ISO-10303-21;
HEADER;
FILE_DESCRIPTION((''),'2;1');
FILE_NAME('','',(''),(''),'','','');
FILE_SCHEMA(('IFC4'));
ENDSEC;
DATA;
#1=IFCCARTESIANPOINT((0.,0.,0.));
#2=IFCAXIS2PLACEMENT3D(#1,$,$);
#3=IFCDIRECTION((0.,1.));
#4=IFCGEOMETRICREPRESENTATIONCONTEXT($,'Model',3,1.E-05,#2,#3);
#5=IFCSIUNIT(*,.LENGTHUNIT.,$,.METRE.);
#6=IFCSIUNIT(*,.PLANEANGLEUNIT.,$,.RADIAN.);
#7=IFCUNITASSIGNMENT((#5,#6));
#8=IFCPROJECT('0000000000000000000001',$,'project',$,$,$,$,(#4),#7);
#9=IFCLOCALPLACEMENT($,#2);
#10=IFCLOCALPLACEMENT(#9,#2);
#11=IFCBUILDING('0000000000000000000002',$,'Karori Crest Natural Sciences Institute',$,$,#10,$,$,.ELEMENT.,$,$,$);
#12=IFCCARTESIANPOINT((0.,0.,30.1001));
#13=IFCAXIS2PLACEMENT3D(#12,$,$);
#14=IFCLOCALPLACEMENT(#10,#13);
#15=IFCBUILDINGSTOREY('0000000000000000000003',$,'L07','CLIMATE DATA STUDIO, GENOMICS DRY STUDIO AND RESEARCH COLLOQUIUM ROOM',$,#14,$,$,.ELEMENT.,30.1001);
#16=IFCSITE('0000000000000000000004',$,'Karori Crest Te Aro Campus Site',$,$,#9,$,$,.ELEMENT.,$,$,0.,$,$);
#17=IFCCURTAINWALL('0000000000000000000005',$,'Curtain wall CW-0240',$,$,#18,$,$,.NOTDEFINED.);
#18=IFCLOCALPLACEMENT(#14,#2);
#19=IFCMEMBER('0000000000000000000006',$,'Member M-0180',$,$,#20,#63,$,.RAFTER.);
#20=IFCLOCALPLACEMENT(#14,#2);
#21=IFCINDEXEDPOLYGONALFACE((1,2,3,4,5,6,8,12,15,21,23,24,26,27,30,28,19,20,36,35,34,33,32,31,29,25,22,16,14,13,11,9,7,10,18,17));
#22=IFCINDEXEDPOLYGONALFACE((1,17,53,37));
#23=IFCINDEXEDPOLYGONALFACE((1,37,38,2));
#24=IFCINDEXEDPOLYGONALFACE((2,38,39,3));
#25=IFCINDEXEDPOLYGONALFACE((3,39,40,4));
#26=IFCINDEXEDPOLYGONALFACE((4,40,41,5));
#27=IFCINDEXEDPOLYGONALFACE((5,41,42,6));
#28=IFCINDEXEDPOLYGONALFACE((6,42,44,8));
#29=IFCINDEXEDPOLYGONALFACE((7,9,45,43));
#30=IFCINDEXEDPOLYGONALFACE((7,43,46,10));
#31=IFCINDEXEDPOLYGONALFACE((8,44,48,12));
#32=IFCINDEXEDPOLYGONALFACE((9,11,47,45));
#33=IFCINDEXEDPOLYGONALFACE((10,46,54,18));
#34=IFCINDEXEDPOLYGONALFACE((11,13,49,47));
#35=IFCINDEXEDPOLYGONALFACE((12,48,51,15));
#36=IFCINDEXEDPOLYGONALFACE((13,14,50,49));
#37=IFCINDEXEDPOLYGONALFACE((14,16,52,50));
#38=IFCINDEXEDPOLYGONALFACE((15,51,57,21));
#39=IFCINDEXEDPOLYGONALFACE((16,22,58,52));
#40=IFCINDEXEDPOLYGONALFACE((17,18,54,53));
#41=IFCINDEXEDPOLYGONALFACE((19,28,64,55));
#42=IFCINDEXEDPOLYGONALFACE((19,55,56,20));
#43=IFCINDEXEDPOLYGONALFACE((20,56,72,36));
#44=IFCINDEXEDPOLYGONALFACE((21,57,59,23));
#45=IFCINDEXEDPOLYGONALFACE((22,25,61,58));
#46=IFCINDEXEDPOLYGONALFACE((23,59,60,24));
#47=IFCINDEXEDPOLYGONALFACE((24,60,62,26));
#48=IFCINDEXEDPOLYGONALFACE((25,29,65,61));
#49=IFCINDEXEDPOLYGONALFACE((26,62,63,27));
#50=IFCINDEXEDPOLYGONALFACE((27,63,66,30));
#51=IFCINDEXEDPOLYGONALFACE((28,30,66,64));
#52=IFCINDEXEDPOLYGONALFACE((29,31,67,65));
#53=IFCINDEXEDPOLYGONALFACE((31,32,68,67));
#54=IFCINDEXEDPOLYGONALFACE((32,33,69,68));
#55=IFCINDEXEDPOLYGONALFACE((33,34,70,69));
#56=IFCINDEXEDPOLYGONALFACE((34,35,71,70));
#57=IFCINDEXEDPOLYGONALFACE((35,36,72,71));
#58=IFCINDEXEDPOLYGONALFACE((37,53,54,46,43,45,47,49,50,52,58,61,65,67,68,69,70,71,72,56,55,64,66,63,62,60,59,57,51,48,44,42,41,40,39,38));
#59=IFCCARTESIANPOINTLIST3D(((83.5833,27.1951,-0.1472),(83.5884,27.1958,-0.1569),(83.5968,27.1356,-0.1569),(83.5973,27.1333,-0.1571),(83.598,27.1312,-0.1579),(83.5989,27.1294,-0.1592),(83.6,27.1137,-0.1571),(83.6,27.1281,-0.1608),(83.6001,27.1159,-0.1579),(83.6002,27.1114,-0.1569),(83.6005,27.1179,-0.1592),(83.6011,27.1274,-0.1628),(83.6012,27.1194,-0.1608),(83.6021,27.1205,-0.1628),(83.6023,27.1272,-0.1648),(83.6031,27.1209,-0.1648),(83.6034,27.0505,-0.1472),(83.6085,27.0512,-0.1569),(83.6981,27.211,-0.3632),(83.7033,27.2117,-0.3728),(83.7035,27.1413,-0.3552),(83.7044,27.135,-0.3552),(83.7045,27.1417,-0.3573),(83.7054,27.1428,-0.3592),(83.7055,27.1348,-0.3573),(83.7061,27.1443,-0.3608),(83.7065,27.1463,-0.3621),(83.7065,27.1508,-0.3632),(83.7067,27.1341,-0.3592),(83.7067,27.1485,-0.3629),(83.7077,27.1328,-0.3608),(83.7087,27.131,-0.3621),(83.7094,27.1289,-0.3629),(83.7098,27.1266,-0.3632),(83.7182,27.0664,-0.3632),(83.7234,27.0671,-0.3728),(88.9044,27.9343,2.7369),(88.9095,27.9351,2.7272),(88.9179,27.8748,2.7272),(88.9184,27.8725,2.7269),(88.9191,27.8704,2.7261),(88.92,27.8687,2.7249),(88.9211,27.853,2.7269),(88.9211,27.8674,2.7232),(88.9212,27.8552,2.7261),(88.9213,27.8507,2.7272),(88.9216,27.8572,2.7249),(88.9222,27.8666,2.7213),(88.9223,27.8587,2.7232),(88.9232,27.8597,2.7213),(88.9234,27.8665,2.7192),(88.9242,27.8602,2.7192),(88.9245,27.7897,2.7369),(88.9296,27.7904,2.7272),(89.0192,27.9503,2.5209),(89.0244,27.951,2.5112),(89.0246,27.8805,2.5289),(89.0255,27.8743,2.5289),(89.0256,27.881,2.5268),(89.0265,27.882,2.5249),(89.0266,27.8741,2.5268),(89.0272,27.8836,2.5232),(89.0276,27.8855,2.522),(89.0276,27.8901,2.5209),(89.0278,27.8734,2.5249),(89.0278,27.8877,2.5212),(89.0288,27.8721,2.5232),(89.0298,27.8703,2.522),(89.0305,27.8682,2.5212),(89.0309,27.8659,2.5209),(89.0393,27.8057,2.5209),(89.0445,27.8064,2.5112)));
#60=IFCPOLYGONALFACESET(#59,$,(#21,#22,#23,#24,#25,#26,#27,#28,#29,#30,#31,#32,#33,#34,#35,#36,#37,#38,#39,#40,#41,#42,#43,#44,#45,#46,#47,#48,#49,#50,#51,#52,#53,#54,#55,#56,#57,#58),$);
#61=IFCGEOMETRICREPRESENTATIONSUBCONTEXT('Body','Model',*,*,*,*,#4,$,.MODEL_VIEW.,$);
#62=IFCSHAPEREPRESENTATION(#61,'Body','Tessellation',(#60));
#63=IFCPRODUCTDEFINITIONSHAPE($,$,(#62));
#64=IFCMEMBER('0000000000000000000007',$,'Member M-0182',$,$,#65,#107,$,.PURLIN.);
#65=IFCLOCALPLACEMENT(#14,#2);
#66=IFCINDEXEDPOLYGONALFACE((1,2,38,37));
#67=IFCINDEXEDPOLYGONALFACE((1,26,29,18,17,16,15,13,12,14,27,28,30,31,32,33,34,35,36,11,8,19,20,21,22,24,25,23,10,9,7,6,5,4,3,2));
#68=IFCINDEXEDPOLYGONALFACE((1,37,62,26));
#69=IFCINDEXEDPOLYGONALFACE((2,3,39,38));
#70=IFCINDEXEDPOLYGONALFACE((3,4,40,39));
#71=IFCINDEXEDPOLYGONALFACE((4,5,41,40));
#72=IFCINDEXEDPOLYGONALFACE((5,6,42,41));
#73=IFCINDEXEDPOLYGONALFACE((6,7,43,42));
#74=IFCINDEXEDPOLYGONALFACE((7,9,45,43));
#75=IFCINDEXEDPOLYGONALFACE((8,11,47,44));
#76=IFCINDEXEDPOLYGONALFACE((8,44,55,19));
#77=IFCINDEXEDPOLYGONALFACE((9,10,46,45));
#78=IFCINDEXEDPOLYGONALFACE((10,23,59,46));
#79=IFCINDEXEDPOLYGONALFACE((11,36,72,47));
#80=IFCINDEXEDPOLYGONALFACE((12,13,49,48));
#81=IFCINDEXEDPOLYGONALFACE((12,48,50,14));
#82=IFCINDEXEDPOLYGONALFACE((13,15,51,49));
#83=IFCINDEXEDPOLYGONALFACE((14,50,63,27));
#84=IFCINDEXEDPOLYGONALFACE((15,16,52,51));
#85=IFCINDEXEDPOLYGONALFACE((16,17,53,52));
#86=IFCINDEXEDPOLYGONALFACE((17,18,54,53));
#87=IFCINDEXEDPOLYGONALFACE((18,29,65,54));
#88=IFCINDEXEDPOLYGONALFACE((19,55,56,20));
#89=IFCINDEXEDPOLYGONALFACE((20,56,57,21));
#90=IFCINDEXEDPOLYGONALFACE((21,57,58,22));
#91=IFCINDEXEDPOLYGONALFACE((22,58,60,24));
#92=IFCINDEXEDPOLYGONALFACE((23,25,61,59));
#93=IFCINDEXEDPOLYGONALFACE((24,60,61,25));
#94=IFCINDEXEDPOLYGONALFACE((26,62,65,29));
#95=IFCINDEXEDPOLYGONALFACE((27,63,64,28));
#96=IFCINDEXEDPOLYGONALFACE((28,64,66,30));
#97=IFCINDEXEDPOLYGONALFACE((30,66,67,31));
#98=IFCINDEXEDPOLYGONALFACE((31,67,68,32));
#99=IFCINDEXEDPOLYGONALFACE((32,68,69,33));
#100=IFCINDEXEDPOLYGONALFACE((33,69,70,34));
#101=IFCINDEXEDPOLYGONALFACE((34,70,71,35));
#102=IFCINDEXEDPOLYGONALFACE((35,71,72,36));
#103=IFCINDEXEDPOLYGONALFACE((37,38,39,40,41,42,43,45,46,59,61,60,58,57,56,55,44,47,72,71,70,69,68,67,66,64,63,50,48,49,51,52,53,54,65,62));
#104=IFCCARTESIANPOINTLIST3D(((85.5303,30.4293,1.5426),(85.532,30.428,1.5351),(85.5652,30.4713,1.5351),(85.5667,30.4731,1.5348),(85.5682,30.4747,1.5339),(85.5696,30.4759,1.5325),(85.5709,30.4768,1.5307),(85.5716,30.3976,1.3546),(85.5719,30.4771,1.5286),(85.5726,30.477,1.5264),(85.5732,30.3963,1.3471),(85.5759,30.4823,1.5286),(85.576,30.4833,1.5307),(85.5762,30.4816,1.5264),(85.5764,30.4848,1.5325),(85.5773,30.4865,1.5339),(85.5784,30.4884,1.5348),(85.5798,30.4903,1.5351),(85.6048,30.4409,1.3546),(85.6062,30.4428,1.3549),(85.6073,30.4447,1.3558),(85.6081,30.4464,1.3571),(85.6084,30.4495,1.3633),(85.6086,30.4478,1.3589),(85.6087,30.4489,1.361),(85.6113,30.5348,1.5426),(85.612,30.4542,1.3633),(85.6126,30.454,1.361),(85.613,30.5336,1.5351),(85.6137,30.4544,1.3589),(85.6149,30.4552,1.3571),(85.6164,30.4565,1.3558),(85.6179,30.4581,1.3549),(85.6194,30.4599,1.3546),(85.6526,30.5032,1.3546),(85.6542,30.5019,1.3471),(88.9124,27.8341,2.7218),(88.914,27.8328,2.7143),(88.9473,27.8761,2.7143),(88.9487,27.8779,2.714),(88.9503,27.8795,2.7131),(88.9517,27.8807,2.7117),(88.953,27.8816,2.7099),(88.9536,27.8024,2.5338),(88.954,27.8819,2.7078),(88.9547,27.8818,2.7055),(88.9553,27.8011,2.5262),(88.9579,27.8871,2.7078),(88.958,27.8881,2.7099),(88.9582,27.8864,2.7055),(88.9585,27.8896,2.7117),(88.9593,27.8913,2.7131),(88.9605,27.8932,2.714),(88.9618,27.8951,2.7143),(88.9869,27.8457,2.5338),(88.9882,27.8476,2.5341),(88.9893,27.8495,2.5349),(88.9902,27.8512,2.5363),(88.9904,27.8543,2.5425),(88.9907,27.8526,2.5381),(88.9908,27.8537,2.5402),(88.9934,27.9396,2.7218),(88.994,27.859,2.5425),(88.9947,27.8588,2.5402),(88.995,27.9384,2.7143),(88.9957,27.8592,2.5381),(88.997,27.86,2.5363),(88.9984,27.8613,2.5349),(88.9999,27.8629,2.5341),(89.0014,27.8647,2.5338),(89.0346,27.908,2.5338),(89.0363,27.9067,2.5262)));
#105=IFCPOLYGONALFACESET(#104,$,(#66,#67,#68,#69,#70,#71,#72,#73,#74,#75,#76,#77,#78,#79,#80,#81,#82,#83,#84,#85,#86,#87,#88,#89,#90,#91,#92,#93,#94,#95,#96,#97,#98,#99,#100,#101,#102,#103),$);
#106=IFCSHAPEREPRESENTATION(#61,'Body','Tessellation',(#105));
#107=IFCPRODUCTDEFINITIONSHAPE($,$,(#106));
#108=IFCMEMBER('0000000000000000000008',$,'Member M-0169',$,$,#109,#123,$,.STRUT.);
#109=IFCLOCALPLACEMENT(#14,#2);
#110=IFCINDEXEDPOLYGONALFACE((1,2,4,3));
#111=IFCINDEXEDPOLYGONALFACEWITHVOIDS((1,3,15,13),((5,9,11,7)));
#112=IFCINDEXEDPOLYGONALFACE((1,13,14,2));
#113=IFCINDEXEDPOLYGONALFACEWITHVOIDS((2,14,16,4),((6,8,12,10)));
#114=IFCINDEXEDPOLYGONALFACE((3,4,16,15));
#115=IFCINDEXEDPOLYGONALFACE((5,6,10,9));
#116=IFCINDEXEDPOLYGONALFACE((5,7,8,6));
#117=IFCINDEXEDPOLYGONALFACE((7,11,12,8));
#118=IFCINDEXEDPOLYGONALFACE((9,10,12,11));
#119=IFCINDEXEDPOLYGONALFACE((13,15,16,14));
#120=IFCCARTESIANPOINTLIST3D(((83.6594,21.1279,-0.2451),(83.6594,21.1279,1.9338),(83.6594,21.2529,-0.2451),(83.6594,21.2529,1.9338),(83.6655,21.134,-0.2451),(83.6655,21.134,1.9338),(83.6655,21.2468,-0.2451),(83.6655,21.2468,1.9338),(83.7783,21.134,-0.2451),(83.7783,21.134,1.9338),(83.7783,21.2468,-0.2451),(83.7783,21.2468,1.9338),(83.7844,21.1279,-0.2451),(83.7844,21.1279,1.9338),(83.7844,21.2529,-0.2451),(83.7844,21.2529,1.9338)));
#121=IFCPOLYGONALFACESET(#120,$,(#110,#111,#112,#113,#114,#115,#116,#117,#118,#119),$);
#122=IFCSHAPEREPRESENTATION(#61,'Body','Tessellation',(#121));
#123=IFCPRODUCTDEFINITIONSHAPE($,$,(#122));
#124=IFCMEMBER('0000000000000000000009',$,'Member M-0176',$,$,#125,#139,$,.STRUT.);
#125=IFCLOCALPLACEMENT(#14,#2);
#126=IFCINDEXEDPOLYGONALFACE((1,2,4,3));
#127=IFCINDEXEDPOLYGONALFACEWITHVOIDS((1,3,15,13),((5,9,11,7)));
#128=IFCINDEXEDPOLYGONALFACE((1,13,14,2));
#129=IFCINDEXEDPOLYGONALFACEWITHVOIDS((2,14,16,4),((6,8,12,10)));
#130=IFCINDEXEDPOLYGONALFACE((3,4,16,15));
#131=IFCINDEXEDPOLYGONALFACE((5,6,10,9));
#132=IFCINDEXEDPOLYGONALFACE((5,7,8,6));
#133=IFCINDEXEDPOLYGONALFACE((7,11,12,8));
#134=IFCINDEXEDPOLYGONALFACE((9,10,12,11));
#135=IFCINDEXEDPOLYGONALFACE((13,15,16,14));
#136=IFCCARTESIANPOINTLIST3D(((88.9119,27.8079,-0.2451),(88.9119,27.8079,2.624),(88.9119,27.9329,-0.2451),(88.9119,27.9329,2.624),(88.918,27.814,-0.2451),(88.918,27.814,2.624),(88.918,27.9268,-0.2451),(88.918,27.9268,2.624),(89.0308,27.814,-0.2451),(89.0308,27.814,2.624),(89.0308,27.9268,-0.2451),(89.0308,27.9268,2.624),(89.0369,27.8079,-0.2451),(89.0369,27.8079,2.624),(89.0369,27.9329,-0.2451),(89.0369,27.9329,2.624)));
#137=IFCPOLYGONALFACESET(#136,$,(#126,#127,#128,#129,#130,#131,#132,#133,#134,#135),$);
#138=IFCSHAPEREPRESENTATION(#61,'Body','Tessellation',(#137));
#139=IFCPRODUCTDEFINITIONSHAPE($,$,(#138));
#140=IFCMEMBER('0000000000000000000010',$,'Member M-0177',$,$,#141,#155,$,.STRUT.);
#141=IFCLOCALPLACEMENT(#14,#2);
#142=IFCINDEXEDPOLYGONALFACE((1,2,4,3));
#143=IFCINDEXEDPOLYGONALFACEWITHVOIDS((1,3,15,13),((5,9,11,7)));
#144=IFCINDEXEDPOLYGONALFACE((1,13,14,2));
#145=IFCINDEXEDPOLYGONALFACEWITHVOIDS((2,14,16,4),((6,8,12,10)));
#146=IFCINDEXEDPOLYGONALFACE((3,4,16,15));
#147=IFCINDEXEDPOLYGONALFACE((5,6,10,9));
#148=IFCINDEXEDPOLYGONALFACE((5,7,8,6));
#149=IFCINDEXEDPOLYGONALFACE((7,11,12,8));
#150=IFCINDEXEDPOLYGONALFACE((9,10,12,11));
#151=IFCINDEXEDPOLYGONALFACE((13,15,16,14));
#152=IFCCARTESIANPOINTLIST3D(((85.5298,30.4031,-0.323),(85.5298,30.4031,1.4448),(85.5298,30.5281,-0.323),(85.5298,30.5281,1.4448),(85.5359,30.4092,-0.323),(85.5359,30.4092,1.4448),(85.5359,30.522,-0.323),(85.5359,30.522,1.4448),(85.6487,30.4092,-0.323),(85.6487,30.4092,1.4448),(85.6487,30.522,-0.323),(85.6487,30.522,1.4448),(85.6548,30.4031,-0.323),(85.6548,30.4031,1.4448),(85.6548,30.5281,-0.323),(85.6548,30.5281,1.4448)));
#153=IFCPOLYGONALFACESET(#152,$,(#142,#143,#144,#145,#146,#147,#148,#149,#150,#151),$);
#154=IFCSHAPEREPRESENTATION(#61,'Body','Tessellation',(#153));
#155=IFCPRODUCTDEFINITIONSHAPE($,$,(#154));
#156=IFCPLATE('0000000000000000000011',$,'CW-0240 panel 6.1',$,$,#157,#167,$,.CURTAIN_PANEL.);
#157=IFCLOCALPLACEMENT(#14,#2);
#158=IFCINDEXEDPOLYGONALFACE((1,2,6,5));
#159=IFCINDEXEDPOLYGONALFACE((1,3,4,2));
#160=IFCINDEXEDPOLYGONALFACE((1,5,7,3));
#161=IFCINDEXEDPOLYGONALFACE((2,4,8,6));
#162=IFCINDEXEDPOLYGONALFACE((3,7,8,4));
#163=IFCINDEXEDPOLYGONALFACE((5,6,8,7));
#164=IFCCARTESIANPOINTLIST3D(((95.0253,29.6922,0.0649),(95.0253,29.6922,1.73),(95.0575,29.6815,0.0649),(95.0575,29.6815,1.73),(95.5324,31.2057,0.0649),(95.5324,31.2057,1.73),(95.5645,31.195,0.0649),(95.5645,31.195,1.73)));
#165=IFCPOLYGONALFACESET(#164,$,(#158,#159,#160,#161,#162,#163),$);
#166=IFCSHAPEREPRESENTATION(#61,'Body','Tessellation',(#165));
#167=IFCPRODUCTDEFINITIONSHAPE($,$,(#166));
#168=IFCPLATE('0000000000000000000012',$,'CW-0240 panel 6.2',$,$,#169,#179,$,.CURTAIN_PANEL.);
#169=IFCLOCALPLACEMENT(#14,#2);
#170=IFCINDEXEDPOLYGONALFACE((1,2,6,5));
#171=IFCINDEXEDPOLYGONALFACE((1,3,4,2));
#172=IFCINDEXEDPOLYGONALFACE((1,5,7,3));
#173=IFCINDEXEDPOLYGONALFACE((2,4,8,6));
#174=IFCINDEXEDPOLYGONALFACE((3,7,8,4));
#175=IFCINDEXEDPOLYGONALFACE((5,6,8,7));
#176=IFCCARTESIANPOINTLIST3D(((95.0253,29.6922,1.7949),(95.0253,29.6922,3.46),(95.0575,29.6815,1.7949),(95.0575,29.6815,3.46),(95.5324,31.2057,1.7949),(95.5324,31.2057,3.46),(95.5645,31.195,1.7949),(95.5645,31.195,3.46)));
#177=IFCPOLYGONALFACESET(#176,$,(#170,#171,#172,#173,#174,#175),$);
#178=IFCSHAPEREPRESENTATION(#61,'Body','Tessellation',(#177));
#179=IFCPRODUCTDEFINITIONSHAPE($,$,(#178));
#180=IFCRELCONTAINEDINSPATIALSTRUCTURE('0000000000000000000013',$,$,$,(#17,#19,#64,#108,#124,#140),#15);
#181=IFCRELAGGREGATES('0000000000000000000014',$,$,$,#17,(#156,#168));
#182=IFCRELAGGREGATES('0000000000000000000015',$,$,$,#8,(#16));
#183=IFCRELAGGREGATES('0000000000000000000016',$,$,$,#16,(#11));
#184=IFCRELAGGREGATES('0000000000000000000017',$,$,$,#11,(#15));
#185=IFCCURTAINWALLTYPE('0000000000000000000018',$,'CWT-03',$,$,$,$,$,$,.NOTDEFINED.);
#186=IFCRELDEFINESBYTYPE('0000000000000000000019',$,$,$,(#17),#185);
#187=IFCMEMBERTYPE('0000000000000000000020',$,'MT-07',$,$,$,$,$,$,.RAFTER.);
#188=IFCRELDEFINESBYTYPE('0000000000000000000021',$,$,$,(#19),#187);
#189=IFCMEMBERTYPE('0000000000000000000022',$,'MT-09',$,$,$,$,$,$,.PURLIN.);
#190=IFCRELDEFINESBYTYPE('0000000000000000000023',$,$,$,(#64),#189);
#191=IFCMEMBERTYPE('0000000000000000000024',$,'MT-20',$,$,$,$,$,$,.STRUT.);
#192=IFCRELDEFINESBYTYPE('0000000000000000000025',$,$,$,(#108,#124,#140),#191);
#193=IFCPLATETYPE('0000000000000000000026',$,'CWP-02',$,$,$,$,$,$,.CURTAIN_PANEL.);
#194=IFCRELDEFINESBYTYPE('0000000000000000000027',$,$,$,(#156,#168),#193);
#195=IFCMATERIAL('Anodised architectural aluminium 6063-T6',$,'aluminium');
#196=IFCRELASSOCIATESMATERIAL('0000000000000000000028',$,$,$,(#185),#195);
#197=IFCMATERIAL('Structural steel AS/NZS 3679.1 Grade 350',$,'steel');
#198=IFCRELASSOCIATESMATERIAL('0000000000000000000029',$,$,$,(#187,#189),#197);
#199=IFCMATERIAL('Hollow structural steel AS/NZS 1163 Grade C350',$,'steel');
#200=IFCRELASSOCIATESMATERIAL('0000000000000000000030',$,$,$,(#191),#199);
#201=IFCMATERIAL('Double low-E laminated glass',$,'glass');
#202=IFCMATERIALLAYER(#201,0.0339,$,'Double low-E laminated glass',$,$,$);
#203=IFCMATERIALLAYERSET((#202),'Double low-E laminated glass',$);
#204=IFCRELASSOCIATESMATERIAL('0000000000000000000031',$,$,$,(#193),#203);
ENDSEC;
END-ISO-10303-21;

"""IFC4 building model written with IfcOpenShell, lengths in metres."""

from ifc_helpers import new_model, si_unit, direction, frame, origin, origin_2d, place, context, subcontext, project, spatial, rectangle, hollow_rectangle, i_section, extrude, material, layer, layer_set, material_profile, profile_set, type_object, element, aggregate, save


model = new_model("IFC4")

# Units and contexts
model_context = context("Model", 3, precision=1e-05, world=origin(), true_north=direction((0.0, 1.0)))
body_context = subcontext(model_context, "Body", "Model", "MODEL_VIEW")
ifc_project = project(units=[si_unit("LENGTHUNIT", "METRE"), si_unit("PLANEANGLEUNIT", "RADIAN")], contexts=[model_context])

# Site, building, storey
site_placement = place(None, origin())
site = spatial("IfcSite", under=ifc_project, at=site_placement, Name="Karori Crest Te Aro Campus Site", CompositionType="ELEMENT", RefElevation=0.0)
building_placement = place(site_placement, origin())
building = spatial("IfcBuilding", under=site, at=building_placement, Name="Karori Crest Natural Sciences Institute", CompositionType="ELEMENT")
storey_placement = place(building_placement, frame((0.0, 0.0, 30.1001)))
storey = spatial("IfcBuildingStorey", under=building, at=storey_placement, Name="L07", Description="CLIMATE DATA STUDIO, GENOMICS DRY STUDIO AND RESEARCH COLLOQUIUM ROOM", CompositionType="ELEMENT", Elevation=30.1001)

# Shared definitions
ifc_material_1 = material(Name="Structural steel AS/NZS 3679.1 Grade 350", Category="steel")

# Shared definitions
ifc_material_2 = material(Name="Hollow structural steel AS/NZS 1163 Grade C350", Category="steel")

# Curtain wall
ifc_material_3 = material(Name="Anodised architectural aluminium 6063-T6", Category="aluminium")
curtain_wall_type = type_object("IfcCurtainWallType", Name="CWT-03", PredefinedType="NOTDEFINED", material=ifc_material_3)
curtain_wall_placement = place(storey_placement, origin())
curtain_wall = element("IfcCurtainWall", 1, at=curtain_wall_placement, inside=storey, type_object=curtain_wall_type, Name="Curtain wall CW-0240", PredefinedType="NOTDEFINED")

# Members
ifc_material_profile_1 = material_profile(ifc_material_1, i_section(OverallWidth=0.146, OverallDepth=0.2561, WebThickness=0.0063, FlangeThickness=0.011, FilletRadius=0.009, at=origin_2d()), Name="250UB37.3")
ifc_profile_set_1 = profile_set([ifc_material_profile_1], Name="Structural steel AS/NZS 3679.1 Grade 350")
member_type_1 = type_object("IfcMemberType", Name="MT-07", PredefinedType="RAFTER", material=ifc_profile_set_1)
member_1_placement = place(storey_placement, frame((83.6533, 27.1311, -0.26), z_axis=(0.872682, 0.121242, 0.472998), x_axis=(-0.137609, 0.990487, 0.0)))
element("IfcMember", 2, at=member_1_placement, inside=storey, type_object=member_type_1, Name="Member M-0180", PredefinedType="RAFTER", context=body_context, shape_type="SweptSolid", body=[
    extrude(i_section(OverallWidth=0.146, OverallDepth=0.2561, WebThickness=0.0063, FlangeThickness=0.011, FilletRadius=0.009, at=origin_2d()), origin(), (0.0, 0.0, 1.0), 6.0974),
])
ifc_material_profile_2 = material_profile(ifc_material_1, i_section(OverallWidth=0.1331, OverallDepth=0.2029, WebThickness=0.0059, FlangeThickness=0.0078, FilletRadius=0.009, at=origin_2d()), Name="200UB25.4")
ifc_profile_set_2 = profile_set([ifc_material_profile_2], Name="Structural steel AS/NZS 3679.1 Grade 350")
member_type_2 = type_object("IfcMemberType", Name="MT-09", PredefinedType="PURLIN", material=ifc_profile_set_2)
member_2_placement = place(storey_placement, frame((85.5923, 30.4656, 1.4448), z_axis=(0.764634, -0.586737, 0.266598), x_axis=(0.608769, 0.793347, 0.0)))
element("IfcMember", 3, at=member_2_placement, inside=storey, type_object=member_type_2, Name="Member M-0182", PredefinedType="PURLIN", context=body_context, shape_type="SweptSolid", body=[
    extrude(i_section(OverallWidth=0.1331, OverallDepth=0.2029, WebThickness=0.0059, FlangeThickness=0.0078, FilletRadius=0.009, at=origin_2d()), origin(), (0.0, 0.0, 1.0), 4.4231),
])
ifc_material_profile_3 = material_profile(ifc_material_2, hollow_rectangle(XDim=0.125, YDim=0.125, WallThickness=0.0061, at=origin_2d()), Name="SHS125x125x6")
ifc_profile_set_3 = profile_set([ifc_material_profile_3], Name="Hollow structural steel AS/NZS 1163 Grade C350")
member_type_3 = type_object("IfcMemberType", Name="MT-20", PredefinedType="STRUT", material=ifc_profile_set_3)
member_3_placement = place(storey_placement, frame((83.7219, 21.1904, -0.2451), z_axis=(0.0, 0.0, 1.0), x_axis=(1.0, 0.0, 0.0)))
element("IfcMember", 4, at=member_3_placement, inside=storey, type_object=member_type_3, Name="Member M-0169", PredefinedType="STRUT", context=body_context, shape_type="SweptSolid", body=[
    extrude(hollow_rectangle(XDim=0.125, YDim=0.125, WallThickness=0.0061, at=origin_2d()), origin(), (0.0, 0.0, 1.0), 2.179),
])
member_4_placement = place(storey_placement, frame((88.9744, 27.8704, -0.2451), z_axis=(0.0, 0.0, 1.0), x_axis=(1.0, 0.0, 0.0)))
element("IfcMember", 5, at=member_4_placement, inside=storey, type_object=member_type_3, Name="Member M-0176", PredefinedType="STRUT", context=body_context, shape_type="SweptSolid", body=[
    extrude(hollow_rectangle(XDim=0.125, YDim=0.125, WallThickness=0.0061, at=origin_2d()), origin(), (0.0, 0.0, 1.0), 2.8691),
])
member_5_placement = place(storey_placement, frame((85.5923, 30.4656, -0.323), z_axis=(0.0, 0.0, 1.0), x_axis=(1.0, 0.0, 0.0)))
element("IfcMember", 6, at=member_5_placement, inside=storey, type_object=member_type_3, Name="Member M-0177", PredefinedType="STRUT", context=body_context, shape_type="SweptSolid", body=[
    extrude(hollow_rectangle(XDim=0.125, YDim=0.125, WallThickness=0.0061, at=origin_2d()), origin(), (0.0, 0.0, 1.0), 1.7678),
])

# Plates
ifc_material_4 = material(Name="Double low-E laminated glass", Category="glass")
ifc_layer_1 = layer(ifc_material_4, 0.0339, Name="Double low-E laminated glass")
ifc_layer_set_1 = layer_set([ifc_layer_1], Name="Double low-E laminated glass")
plate_type_1 = type_object("IfcPlateType", Name="CWP-02", PredefinedType="CURTAIN_PANEL", material=ifc_layer_set_1)
plate_1_placement = place(storey_placement, frame((95.2949, 30.4436, 0.0649), z_axis=(0.0, 0.0, 1.0), x_axis=(-0.31768, -0.948198, 0.0)))
plate_1 = element("IfcPlate", 7, at=plate_1_placement, type_object=plate_type_1, Name="CW-0240 panel 6.1", PredefinedType="CURTAIN_PANEL", context=body_context, shape_type="SweptSolid", body=[
    extrude(rectangle(XDim=1.5962, YDim=0.0339, at=origin_2d()), origin(), (0.0, 0.0, 1.0), 1.665),
])
plate_2_placement = place(storey_placement, frame((95.2949, 30.4436, 1.7949), z_axis=(0.0, 0.0, 1.0), x_axis=(-0.31768, -0.948198, 0.0)))
plate_2 = element("IfcPlate", 8, at=plate_2_placement, type_object=plate_type_1, Name="CW-0240 panel 6.2", PredefinedType="CURTAIN_PANEL", context=body_context, shape_type="SweptSolid", body=[
    extrude(rectangle(XDim=1.5962, YDim=0.0339, at=origin_2d()), origin(), (0.0, 0.0, 1.0), 1.665),
])
aggregate(curtain_wall, [plate_1, plate_2])

save(model, "model.ifc")
